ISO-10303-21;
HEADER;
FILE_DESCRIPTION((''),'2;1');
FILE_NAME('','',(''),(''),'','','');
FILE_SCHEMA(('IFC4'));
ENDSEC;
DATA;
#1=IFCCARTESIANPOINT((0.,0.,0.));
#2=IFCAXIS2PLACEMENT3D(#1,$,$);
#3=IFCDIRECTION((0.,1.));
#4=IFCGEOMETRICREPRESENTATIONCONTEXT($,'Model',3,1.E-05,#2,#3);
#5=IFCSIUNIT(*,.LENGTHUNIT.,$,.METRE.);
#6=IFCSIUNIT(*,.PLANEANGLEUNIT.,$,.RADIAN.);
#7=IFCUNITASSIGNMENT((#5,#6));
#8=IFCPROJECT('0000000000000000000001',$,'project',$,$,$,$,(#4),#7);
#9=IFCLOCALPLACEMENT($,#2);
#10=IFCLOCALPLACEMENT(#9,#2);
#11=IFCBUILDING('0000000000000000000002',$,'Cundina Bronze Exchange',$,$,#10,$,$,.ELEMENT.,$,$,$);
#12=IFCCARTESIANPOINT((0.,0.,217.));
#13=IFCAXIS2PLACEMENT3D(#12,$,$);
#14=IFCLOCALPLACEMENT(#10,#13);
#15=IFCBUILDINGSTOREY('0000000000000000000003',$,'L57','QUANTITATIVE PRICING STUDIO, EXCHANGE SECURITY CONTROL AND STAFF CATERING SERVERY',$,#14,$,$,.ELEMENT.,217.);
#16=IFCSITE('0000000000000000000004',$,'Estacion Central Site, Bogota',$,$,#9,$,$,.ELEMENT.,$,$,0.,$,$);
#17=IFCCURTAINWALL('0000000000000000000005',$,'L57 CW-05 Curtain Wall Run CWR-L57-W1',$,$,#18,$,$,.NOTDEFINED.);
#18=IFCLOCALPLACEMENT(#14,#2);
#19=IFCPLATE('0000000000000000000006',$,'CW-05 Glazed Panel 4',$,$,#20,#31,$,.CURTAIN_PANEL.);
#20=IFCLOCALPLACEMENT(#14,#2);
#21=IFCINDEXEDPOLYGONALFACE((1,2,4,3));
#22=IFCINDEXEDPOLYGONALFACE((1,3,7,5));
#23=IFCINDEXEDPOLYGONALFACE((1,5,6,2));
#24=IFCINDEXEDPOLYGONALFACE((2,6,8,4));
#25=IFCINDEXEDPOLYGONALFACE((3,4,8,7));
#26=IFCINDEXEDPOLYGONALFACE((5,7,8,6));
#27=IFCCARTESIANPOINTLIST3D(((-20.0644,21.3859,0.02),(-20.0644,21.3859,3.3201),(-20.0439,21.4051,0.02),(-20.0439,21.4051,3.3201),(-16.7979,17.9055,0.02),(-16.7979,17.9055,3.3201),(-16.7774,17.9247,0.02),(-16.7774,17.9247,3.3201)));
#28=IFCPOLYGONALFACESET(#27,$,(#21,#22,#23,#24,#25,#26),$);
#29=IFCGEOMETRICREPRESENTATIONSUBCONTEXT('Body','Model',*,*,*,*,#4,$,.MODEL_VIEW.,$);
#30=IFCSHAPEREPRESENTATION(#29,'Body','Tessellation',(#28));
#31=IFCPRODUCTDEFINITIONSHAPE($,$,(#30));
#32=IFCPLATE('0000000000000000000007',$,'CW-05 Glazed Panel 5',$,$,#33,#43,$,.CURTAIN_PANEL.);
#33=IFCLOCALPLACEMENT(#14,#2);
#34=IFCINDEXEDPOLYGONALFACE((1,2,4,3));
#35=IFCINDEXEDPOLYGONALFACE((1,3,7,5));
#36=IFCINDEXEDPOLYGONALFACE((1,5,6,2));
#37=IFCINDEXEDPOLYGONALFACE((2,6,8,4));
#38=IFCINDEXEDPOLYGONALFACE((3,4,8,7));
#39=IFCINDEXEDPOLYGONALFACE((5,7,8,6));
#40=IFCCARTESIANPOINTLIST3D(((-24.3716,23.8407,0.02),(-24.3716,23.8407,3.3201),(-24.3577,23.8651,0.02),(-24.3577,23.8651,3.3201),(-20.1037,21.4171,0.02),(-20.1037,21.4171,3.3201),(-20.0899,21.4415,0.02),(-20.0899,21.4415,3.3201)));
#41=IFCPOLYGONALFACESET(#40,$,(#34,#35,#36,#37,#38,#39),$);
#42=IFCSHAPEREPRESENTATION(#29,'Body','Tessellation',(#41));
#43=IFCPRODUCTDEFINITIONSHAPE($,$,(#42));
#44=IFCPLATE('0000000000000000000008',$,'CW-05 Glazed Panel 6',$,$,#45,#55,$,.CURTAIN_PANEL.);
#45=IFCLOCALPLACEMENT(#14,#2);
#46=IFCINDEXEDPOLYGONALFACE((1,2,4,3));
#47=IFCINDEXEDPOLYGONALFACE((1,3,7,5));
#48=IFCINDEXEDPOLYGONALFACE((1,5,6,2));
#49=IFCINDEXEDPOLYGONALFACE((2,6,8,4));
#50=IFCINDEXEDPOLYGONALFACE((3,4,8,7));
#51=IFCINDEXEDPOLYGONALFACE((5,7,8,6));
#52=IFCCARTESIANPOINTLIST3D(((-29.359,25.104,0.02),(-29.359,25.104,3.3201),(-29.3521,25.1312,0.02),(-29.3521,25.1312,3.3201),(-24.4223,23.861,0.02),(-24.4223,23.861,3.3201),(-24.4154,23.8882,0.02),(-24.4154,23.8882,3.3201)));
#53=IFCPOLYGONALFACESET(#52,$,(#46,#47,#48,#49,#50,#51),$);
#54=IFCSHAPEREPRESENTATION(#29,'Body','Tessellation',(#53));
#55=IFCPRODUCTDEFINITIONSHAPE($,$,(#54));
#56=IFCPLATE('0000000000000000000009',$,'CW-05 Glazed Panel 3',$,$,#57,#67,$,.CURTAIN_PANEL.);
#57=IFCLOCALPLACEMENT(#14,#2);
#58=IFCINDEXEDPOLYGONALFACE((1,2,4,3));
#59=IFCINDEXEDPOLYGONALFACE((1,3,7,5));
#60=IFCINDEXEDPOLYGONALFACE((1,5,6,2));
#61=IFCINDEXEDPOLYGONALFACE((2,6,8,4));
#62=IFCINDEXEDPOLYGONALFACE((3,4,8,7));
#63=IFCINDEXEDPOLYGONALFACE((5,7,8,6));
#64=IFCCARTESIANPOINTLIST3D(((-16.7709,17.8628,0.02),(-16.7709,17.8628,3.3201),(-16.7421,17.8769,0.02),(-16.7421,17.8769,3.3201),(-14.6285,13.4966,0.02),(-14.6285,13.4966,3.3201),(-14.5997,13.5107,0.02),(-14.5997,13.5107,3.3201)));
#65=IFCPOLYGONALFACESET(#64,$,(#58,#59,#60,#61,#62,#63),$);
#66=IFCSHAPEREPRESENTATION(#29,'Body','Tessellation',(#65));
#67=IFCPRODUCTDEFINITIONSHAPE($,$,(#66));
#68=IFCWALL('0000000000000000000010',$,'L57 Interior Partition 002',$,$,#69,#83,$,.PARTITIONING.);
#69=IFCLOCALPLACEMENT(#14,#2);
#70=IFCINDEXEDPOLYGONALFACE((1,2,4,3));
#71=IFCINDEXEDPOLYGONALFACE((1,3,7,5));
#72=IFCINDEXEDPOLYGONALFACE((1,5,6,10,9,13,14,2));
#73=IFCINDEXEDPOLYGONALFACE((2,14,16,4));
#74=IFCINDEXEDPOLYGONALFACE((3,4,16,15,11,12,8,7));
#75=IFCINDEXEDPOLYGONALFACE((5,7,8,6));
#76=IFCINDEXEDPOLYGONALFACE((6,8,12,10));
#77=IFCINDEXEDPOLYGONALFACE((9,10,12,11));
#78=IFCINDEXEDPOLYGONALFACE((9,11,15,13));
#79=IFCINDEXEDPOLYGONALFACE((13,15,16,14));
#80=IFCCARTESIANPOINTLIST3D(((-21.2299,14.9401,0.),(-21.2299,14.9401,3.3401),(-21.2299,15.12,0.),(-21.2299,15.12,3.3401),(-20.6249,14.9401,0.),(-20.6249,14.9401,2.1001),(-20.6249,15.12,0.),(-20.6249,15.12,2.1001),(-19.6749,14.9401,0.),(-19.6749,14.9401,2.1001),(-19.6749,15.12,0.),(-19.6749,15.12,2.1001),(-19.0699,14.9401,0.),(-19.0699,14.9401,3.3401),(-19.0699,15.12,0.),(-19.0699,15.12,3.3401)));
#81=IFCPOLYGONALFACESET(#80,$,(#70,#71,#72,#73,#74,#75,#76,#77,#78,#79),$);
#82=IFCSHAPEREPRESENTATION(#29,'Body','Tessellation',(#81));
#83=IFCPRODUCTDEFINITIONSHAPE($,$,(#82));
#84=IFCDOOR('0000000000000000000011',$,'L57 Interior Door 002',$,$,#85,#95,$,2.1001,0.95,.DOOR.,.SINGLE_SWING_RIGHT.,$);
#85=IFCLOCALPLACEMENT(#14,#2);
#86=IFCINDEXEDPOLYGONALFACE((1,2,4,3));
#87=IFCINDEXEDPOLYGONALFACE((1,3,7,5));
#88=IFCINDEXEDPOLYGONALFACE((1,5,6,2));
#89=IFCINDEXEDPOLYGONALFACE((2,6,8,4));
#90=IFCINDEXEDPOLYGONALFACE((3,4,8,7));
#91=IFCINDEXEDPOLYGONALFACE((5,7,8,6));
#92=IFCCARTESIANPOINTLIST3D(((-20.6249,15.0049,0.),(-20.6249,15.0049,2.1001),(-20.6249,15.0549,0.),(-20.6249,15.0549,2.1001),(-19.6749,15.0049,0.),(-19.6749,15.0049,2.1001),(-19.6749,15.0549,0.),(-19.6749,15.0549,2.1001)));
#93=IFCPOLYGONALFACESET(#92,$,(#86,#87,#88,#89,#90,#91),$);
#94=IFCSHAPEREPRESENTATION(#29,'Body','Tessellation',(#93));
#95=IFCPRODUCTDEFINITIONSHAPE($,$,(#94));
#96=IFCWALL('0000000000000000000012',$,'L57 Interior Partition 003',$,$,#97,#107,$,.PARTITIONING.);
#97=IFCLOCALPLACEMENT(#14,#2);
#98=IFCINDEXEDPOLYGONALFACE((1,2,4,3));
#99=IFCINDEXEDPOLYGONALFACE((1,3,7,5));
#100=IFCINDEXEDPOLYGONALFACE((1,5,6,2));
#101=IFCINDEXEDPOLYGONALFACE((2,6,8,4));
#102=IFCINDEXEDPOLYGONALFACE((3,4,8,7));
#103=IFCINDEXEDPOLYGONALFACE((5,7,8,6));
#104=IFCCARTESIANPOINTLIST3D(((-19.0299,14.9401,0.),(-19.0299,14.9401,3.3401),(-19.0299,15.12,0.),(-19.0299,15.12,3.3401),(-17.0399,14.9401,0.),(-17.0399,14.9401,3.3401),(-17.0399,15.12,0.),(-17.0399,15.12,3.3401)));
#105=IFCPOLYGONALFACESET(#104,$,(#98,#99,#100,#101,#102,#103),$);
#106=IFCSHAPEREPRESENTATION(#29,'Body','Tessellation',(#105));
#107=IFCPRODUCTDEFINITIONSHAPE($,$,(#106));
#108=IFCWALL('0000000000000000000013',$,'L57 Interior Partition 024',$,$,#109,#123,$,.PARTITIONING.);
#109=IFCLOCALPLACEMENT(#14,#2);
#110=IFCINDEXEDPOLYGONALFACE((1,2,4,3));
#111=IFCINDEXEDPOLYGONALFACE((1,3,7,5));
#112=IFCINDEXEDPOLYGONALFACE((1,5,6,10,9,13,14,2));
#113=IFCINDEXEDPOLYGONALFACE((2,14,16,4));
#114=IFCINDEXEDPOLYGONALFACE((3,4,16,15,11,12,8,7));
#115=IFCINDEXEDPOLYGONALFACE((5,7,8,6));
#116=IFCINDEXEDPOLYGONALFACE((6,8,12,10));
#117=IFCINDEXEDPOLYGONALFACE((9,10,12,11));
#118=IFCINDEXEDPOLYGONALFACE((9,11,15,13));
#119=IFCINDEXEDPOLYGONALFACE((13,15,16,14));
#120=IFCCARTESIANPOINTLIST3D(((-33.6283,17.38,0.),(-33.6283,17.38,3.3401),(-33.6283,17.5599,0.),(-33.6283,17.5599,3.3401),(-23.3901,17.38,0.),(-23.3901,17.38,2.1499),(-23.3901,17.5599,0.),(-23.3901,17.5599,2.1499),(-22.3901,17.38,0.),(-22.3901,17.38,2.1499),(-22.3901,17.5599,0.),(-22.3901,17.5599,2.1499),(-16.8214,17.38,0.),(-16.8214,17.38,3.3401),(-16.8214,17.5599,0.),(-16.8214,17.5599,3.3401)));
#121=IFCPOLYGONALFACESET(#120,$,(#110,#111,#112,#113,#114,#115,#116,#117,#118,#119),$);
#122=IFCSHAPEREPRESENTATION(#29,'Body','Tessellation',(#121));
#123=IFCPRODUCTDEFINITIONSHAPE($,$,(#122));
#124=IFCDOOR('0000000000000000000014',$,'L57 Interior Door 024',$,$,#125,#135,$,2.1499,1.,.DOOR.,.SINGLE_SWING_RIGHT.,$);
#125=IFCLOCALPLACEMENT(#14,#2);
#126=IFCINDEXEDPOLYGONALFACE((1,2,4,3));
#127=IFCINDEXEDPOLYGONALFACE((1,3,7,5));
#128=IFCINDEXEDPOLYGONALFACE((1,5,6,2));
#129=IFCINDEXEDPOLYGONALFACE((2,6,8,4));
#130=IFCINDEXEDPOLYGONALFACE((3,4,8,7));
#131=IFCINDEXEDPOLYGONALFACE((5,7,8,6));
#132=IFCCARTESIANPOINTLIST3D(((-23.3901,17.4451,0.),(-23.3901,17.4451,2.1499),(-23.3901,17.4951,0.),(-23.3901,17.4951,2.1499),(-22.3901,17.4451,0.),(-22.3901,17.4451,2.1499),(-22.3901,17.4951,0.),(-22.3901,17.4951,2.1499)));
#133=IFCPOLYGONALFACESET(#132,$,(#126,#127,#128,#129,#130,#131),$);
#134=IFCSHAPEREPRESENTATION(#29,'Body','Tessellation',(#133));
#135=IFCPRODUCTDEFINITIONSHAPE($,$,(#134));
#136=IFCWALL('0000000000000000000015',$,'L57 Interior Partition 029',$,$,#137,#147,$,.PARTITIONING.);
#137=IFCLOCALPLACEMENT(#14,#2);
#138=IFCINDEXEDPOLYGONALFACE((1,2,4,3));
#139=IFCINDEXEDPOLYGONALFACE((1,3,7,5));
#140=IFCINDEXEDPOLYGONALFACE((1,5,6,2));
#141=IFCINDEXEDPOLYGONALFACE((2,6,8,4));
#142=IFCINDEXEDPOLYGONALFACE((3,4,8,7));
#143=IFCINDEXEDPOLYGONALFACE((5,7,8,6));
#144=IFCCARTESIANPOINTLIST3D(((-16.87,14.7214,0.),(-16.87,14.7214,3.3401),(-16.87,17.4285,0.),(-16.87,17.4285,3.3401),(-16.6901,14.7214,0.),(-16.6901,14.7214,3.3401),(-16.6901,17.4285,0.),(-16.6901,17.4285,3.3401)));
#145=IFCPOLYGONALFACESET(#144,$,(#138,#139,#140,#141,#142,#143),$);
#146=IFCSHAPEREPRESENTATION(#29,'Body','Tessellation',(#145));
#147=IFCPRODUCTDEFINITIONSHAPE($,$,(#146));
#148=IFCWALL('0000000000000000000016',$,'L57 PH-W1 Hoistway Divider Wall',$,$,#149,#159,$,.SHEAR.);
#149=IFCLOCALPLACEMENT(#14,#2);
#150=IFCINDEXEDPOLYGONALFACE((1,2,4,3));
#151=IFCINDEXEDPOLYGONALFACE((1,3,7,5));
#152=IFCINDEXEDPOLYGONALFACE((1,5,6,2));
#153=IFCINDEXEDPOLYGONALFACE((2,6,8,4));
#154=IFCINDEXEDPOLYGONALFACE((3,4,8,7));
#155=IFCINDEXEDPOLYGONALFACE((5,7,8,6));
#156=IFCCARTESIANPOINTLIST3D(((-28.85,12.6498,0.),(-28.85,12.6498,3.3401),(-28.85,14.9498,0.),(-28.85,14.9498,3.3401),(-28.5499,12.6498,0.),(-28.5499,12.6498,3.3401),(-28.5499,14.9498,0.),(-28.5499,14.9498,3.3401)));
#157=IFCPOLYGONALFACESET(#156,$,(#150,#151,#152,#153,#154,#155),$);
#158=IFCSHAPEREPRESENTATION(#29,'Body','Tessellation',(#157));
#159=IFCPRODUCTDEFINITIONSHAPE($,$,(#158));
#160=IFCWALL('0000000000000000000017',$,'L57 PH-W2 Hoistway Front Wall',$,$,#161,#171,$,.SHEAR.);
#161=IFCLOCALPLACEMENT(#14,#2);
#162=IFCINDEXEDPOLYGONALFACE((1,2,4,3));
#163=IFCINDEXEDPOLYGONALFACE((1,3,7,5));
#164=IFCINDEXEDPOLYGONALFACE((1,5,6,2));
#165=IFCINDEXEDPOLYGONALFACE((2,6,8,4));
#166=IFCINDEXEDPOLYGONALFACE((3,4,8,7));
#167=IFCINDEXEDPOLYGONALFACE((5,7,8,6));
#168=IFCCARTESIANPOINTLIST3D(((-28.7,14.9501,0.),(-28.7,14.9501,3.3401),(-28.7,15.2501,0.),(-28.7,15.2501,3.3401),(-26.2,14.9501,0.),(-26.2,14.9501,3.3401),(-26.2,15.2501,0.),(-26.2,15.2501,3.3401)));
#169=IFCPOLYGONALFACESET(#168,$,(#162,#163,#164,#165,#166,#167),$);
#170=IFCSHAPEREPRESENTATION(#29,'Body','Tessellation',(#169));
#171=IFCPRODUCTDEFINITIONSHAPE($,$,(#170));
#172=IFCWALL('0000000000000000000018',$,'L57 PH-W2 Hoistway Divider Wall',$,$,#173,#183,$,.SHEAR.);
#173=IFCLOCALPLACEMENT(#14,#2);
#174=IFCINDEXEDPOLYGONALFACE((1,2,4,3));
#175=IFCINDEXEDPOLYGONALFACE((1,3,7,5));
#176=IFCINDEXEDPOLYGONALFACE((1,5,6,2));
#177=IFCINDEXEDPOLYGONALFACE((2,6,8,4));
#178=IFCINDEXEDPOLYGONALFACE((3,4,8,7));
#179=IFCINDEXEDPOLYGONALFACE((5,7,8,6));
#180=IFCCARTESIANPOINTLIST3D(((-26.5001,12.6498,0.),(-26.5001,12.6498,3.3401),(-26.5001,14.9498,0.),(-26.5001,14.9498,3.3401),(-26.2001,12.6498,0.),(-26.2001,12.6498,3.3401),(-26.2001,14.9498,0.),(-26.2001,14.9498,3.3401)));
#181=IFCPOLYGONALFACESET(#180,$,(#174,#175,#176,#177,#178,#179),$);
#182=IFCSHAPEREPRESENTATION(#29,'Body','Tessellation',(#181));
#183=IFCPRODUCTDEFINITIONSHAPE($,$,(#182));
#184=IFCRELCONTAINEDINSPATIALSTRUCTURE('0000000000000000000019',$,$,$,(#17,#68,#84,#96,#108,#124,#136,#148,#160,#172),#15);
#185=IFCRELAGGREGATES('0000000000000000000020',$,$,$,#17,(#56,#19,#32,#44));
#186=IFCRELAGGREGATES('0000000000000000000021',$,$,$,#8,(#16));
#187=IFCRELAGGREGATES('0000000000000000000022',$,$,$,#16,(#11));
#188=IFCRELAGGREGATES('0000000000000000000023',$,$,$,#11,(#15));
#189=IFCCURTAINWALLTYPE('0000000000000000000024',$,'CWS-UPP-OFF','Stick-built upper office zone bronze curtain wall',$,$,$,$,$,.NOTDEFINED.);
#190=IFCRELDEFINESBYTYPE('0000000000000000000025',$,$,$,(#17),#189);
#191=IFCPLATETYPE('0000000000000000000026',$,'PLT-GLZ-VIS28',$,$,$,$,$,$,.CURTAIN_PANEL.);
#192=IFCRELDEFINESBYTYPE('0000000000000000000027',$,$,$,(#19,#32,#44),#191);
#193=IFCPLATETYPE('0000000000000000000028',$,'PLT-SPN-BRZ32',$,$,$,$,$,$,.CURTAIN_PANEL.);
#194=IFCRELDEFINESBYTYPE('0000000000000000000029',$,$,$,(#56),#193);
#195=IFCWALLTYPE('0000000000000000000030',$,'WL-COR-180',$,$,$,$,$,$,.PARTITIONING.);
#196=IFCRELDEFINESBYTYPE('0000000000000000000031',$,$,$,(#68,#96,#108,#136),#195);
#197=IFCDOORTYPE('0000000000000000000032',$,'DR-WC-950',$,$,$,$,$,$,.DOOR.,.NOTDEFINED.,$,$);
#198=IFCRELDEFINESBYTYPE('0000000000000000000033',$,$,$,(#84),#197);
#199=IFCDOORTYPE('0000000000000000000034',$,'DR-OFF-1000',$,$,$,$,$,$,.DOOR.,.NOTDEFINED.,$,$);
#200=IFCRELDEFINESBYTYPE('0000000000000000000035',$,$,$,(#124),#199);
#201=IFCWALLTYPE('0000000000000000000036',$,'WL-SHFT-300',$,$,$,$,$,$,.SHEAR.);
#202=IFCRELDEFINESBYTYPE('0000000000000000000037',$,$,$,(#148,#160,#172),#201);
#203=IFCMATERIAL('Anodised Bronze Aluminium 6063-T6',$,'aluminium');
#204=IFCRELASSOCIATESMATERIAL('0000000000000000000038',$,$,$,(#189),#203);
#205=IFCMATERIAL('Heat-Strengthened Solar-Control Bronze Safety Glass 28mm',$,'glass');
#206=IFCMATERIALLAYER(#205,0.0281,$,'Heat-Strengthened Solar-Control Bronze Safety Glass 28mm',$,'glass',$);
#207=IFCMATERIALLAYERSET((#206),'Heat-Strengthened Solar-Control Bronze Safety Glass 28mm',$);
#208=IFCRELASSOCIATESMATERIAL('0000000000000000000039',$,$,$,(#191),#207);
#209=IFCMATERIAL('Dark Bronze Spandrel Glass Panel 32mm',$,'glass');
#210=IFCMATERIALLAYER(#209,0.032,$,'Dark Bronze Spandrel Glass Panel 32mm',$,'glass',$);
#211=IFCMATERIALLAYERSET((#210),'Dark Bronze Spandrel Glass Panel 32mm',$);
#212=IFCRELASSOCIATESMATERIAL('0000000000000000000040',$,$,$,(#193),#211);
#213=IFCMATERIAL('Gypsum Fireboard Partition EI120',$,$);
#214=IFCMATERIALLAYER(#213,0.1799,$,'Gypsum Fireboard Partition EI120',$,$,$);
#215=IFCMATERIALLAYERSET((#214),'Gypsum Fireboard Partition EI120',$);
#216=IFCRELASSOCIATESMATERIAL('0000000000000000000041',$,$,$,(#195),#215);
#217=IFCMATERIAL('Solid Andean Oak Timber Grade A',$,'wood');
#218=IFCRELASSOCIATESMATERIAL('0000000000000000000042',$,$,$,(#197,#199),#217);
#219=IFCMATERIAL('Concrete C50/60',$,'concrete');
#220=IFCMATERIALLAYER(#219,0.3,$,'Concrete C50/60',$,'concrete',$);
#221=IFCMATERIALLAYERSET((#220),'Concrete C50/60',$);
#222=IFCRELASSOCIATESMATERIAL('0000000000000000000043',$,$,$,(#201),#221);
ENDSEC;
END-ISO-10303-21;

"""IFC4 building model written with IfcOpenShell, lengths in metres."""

from ifc_helpers import new_model, si_unit, direction, frame, frame_2d, origin, origin_2d, place, context, subcontext, project, spatial, rectangle, extrude, material, layer, layer_set, type_object, element, fill, aggregate, save


model = new_model("IFC4")

# Units and contexts
model_context = context("Model", 3, precision=1e-05, world=origin(), true_north=direction((0.0, 1.0)))
body_context = subcontext(model_context, "Body", "Model", "MODEL_VIEW")
ifc_project = project(units=[si_unit("LENGTHUNIT", "METRE"), si_unit("PLANEANGLEUNIT", "RADIAN")], contexts=[model_context])

# Site, building, storey
site_placement = place(None, origin())
site = spatial("IfcSite", under=ifc_project, at=site_placement, Name="Estacion Central Site, Bogota", CompositionType="ELEMENT", RefElevation=0.0)
building_placement = place(site_placement, origin())
building = spatial("IfcBuilding", under=site, at=building_placement, Name="Cundina Bronze Exchange", CompositionType="ELEMENT")
storey_placement = place(building_placement, frame((0.0, 0.0, 217.0)))
storey = spatial("IfcBuildingStorey", under=building, at=storey_placement, Name="L57", Description="QUANTITATIVE PRICING STUDIO, EXCHANGE SECURITY CONTROL AND STAFF CATERING SERVERY", CompositionType="ELEMENT", Elevation=217.0)

# Shared definitions
ifc_material_1 = material(Name="Concrete C50/60", Category="concrete")

# Curtain wall, plates
ifc_material_2 = material(Name="Anodised Bronze Aluminium 6063-T6", Category="aluminium")
curtain_wall_type = type_object("IfcCurtainWallType", Name="CWS-UPP-OFF", Description="Stick-built upper office zone bronze curtain wall", PredefinedType="NOTDEFINED", material=ifc_material_2)
curtain_wall_placement = place(storey_placement, origin())
curtain_wall = element("IfcCurtainWall", 1, at=curtain_wall_placement, inside=storey, type_object=curtain_wall_type, Name="L57 CW-05 Curtain Wall Run CWR-L57-W1", PredefinedType="NOTDEFINED")
ifc_material_3 = material(Name="Heat-Strengthened Solar-Control Bronze Safety Glass 28mm", Category="glass")
ifc_layer_1 = layer(ifc_material_3, 0.0281, Name="Heat-Strengthened Solar-Control Bronze Safety Glass 28mm", Category="glass")
ifc_layer_set_1 = layer_set([ifc_layer_1], Name="Heat-Strengthened Solar-Control Bronze Safety Glass 28mm")
plate_type_1 = type_object("IfcPlateType", Name="PLT-GLZ-VIS28", PredefinedType="CURTAIN_PANEL", material=ifc_layer_set_1)
plate_1_placement = place(storey_placement, frame((-18.4209, 19.6553, 0.02), z_axis=(0.0, 0.0, 1.0), x_axis=(-0.684344, 0.72916, 0.0)))
plate_1 = element("IfcPlate", 2, at=plate_1_placement, type_object=plate_type_1, Name="CW-05 Glazed Panel 4", PredefinedType="CURTAIN_PANEL", context=body_context, shape_type="SweptSolid", body=[
    extrude(rectangle(XDim=4.7732, YDim=0.0281, at=origin_2d()), origin(), (0.0, 0.0, 1.0), 3.3),
])
plate_2_placement = place(storey_placement, frame((-22.2307, 22.6411, 0.02), z_axis=(0.0, 0.0, 1.0), x_axis=(-0.869573, 0.493805, 0.0)))
plate_2 = element("IfcPlate", 3, at=plate_2_placement, type_object=plate_type_1, Name="CW-05 Glazed Panel 5", PredefinedType="CURTAIN_PANEL", context=body_context, shape_type="SweptSolid", body=[
    extrude(rectangle(XDim=4.908, YDim=0.0281, at=origin_2d()), origin(), (0.0, 0.0, 1.0), 3.3),
])
plate_3_placement = place(storey_placement, frame((-26.8872, 24.4961, 0.02), z_axis=(0.0, 0.0, 1.0), x_axis=(-0.969732, 0.244174, 0.0)))
plate_3 = element("IfcPlate", 4, at=plate_3_placement, type_object=plate_type_1, Name="CW-05 Glazed Panel 6", PredefinedType="CURTAIN_PANEL", context=body_context, shape_type="SweptSolid", body=[
    extrude(rectangle(XDim=5.0908, YDim=0.0281, at=origin_2d()), origin(), (0.0, 0.0, 1.0), 3.3),
])
ifc_material_4 = material(Name="Dark Bronze Spandrel Glass Panel 32mm", Category="glass")
ifc_layer_2 = layer(ifc_material_4, 0.032, Name="Dark Bronze Spandrel Glass Panel 32mm", Category="glass")
ifc_layer_set_2 = layer_set([ifc_layer_2], Name="Dark Bronze Spandrel Glass Panel 32mm")
plate_type_2 = type_object("IfcPlateType", Name="PLT-SPN-BRZ32", PredefinedType="CURTAIN_PANEL", material=ifc_layer_set_2)
plate_4_placement = place(storey_placement, frame((-15.6853, 15.6868, 0.02), z_axis=(0.0, 0.0, 1.0), x_axis=(-0.440503, 0.897751, 0.0)))
plate_4 = element("IfcPlate", 5, at=plate_4_placement, type_object=plate_type_2, Name="CW-05 Glazed Panel 3", PredefinedType="CURTAIN_PANEL", context=body_context, shape_type="SweptSolid", body=[
    extrude(rectangle(XDim=4.8635, YDim=0.032, at=origin_2d()), origin(), (0.0, 0.0, 1.0), 3.3),
])
aggregate(curtain_wall, [plate_4, plate_1, plate_2, plate_3])

# Wall, opening, door
ifc_material_5 = material(Name="Gypsum Fireboard Partition EI120")
ifc_layer_3 = layer(ifc_material_5, 0.1799, Name="Gypsum Fireboard Partition EI120")
ifc_layer_set_3 = layer_set([ifc_layer_3], Name="Gypsum Fireboard Partition EI120")
wall_type_1 = type_object("IfcWallType", Name="WL-COR-180", PredefinedType="PARTITIONING", material=ifc_layer_set_3)
wall_1_placement = place(storey_placement, frame((-21.23, 15.03, 0.0), z_axis=(0.0, 0.0, 1.0), x_axis=(1.0, 0.0, 0.0)))
wall_1 = element("IfcWall", 6, at=wall_1_placement, inside=storey, type_object=wall_type_1, Name="L57 Interior Partition 002", PredefinedType="PARTITIONING", context=body_context, shape_type="SweptSolid", body=[
    extrude(rectangle(XDim=2.1599, YDim=0.1799, at=frame_2d((1.0801, 0.0))), origin(), (0.0, 0.0, 1.0), 3.3401),
])
opening_1_placement = place(wall_1_placement, frame((0.605, 0.0, 0.0)))
opening_1 = element("IfcOpeningElement", 7, at=opening_1_placement, cuts=wall_1, PredefinedType="OPENING", context=body_context, shape_type="SweptSolid", body=[
    extrude(rectangle(XDim=0.95, YDim=2.1001, at=frame_2d((0.4751, 1.05))), frame((0.0, 0.0999, 0.0), z_axis=(0.0, -1.0, 0.0), x_axis=(1.0, 0.0, 0.0)), (0.0, 0.0, 1.0), 0.2),
])
ifc_material_6 = material(Name="Solid Andean Oak Timber Grade A", Category="wood")
door_type_1 = type_object("IfcDoorType", Name="DR-WC-950", OperationType="NOTDEFINED", PredefinedType="DOOR", material=ifc_material_6)
door_1_placement = place(opening_1_placement, origin())
door_1 = element("IfcDoor", 8, at=door_1_placement, inside=storey, type_object=door_type_1, Name="L57 Interior Door 002", OperationType="SINGLE_SWING_RIGHT", OverallHeight=2.1001, OverallWidth=0.95, PredefinedType="DOOR", context=body_context, shape_type="SweptSolid", body=[
    extrude(rectangle(XDim=0.95, YDim=2.1001, at=frame_2d((0.4751, 1.05))), frame((0.0, 0.0249, 0.0), z_axis=(0.0, -1.0, 0.0), x_axis=(1.0, 0.0, 0.0)), (0.0, 0.0, 1.0), 0.05),
])
fill(opening_1, door_1)

# Wall
wall_2_placement = place(storey_placement, frame((-19.03, 15.03, 0.0), z_axis=(0.0, 0.0, 1.0), x_axis=(1.0, 0.0, 0.0)))
element("IfcWall", 9, at=wall_2_placement, inside=storey, type_object=wall_type_1, Name="L57 Interior Partition 003", PredefinedType="PARTITIONING", context=body_context, shape_type="SweptSolid", body=[
    extrude(rectangle(XDim=1.99, YDim=0.1799, at=frame_2d((0.9951, 0.0))), origin(), (0.0, 0.0, 1.0), 3.3401),
])

# Wall, opening, door
wall_3_placement = place(storey_placement, frame((-16.8215, 17.47, 0.0), z_axis=(0.0, 0.0, 1.0), x_axis=(-1.0, 0.0, 0.0)))
wall_3 = element("IfcWall", 10, at=wall_3_placement, inside=storey, type_object=wall_type_1, Name="L57 Interior Partition 024", PredefinedType="PARTITIONING", context=body_context, shape_type="SweptSolid", body=[
    extrude(rectangle(XDim=16.8069, YDim=0.1799, at=frame_2d((8.4033, 0.0))), origin(), (0.0, 0.0, 1.0), 3.3401),
])
opening_2_placement = place(wall_3_placement, frame((5.5686, 0.0, 0.0)))
opening_2 = element("IfcOpeningElement", 11, at=opening_2_placement, cuts=wall_3, PredefinedType="OPENING", context=body_context, shape_type="SweptSolid", body=[
    extrude(rectangle(XDim=1.0, YDim=2.1499, at=frame_2d((0.5, 1.075))), frame((0.0, 0.0999, 0.0), z_axis=(0.0, -1.0, 0.0), x_axis=(1.0, 0.0, 0.0)), (0.0, 0.0, 1.0), 0.2),
])
door_type_2 = type_object("IfcDoorType", Name="DR-OFF-1000", OperationType="NOTDEFINED", PredefinedType="DOOR", material=ifc_material_6)
door_2_placement = place(opening_2_placement, origin())
door_2 = element("IfcDoor", 12, at=door_2_placement, inside=storey, type_object=door_type_2, Name="L57 Interior Door 024", OperationType="SINGLE_SWING_RIGHT", OverallHeight=2.1499, OverallWidth=1.0, PredefinedType="DOOR", context=body_context, shape_type="SweptSolid", body=[
    extrude(rectangle(XDim=1.0, YDim=2.1499, at=frame_2d((0.5, 1.075))), frame((0.0, 0.0249, 0.0), z_axis=(0.0, -1.0, 0.0), x_axis=(1.0, 0.0, 0.0)), (0.0, 0.0, 1.0), 0.05),
])
fill(opening_2, door_2)

# Wall
wall_4_placement = place(storey_placement, frame((-16.78, 14.7214, 0.0), z_axis=(0.0, 0.0, 1.0), x_axis=(0.0, 1.0, 0.0)))
element("IfcWall", 13, at=wall_4_placement, inside=storey, type_object=wall_type_1, Name="L57 Interior Partition 029", PredefinedType="PARTITIONING", context=body_context, shape_type="SweptSolid", body=[
    extrude(rectangle(XDim=2.707, YDim=0.1799, at=frame_2d((1.3535, 0.0))), origin(), (0.0, 0.0, 1.0), 3.3401),
])

# Shared definitions
ifc_layer_4 = layer(ifc_material_1, 0.3, Name="Concrete C50/60", Category="concrete")
ifc_layer_set_4 = layer_set([ifc_layer_4], Name="Concrete C50/60")
wall_type_2 = type_object("IfcWallType", Name="WL-SHFT-300", PredefinedType="SHEAR", material=ifc_layer_set_4)

# Walls
wall_5_placement = place(storey_placement, frame((-28.7, 12.6499, 0.0), z_axis=(0.0, 0.0, 1.0), x_axis=(0.0, 1.0, 0.0)))
element("IfcWall", 14, at=wall_5_placement, inside=storey, type_object=wall_type_2, Name="L57 PH-W1 Hoistway Divider Wall", PredefinedType="SHEAR", context=body_context, shape_type="SweptSolid", body=[
    extrude(rectangle(XDim=2.3, YDim=0.3, at=frame_2d((1.1499, 0.0))), origin(), (0.0, 0.0, 1.0), 3.3401),
])
wall_6_placement = place(storey_placement, frame((-28.7, 15.1001, 0.0), z_axis=(0.0, 0.0, 1.0), x_axis=(1.0, 0.0, 0.0)))
element("IfcWall", 15, at=wall_6_placement, inside=storey, type_object=wall_type_2, Name="L57 PH-W2 Hoistway Front Wall", PredefinedType="SHEAR", context=body_context, shape_type="SweptSolid", body=[
    extrude(rectangle(XDim=2.5, YDim=0.3, at=frame_2d((1.25, 0.0))), origin(), (0.0, 0.0, 1.0), 3.3401),
])
wall_7_placement = place(storey_placement, frame((-26.3501, 12.6499, 0.0), z_axis=(0.0, 0.0, 1.0), x_axis=(0.0, 1.0, 0.0)))
element("IfcWall", 16, at=wall_7_placement, inside=storey, type_object=wall_type_2, Name="L57 PH-W2 Hoistway Divider Wall", PredefinedType="SHEAR", context=body_context, shape_type="SweptSolid", body=[
    extrude(rectangle(XDim=2.3, YDim=0.3, at=frame_2d((1.1499, 0.0))), origin(), (0.0, 0.0, 1.0), 3.3401),
])

save(model, "model.ifc")
